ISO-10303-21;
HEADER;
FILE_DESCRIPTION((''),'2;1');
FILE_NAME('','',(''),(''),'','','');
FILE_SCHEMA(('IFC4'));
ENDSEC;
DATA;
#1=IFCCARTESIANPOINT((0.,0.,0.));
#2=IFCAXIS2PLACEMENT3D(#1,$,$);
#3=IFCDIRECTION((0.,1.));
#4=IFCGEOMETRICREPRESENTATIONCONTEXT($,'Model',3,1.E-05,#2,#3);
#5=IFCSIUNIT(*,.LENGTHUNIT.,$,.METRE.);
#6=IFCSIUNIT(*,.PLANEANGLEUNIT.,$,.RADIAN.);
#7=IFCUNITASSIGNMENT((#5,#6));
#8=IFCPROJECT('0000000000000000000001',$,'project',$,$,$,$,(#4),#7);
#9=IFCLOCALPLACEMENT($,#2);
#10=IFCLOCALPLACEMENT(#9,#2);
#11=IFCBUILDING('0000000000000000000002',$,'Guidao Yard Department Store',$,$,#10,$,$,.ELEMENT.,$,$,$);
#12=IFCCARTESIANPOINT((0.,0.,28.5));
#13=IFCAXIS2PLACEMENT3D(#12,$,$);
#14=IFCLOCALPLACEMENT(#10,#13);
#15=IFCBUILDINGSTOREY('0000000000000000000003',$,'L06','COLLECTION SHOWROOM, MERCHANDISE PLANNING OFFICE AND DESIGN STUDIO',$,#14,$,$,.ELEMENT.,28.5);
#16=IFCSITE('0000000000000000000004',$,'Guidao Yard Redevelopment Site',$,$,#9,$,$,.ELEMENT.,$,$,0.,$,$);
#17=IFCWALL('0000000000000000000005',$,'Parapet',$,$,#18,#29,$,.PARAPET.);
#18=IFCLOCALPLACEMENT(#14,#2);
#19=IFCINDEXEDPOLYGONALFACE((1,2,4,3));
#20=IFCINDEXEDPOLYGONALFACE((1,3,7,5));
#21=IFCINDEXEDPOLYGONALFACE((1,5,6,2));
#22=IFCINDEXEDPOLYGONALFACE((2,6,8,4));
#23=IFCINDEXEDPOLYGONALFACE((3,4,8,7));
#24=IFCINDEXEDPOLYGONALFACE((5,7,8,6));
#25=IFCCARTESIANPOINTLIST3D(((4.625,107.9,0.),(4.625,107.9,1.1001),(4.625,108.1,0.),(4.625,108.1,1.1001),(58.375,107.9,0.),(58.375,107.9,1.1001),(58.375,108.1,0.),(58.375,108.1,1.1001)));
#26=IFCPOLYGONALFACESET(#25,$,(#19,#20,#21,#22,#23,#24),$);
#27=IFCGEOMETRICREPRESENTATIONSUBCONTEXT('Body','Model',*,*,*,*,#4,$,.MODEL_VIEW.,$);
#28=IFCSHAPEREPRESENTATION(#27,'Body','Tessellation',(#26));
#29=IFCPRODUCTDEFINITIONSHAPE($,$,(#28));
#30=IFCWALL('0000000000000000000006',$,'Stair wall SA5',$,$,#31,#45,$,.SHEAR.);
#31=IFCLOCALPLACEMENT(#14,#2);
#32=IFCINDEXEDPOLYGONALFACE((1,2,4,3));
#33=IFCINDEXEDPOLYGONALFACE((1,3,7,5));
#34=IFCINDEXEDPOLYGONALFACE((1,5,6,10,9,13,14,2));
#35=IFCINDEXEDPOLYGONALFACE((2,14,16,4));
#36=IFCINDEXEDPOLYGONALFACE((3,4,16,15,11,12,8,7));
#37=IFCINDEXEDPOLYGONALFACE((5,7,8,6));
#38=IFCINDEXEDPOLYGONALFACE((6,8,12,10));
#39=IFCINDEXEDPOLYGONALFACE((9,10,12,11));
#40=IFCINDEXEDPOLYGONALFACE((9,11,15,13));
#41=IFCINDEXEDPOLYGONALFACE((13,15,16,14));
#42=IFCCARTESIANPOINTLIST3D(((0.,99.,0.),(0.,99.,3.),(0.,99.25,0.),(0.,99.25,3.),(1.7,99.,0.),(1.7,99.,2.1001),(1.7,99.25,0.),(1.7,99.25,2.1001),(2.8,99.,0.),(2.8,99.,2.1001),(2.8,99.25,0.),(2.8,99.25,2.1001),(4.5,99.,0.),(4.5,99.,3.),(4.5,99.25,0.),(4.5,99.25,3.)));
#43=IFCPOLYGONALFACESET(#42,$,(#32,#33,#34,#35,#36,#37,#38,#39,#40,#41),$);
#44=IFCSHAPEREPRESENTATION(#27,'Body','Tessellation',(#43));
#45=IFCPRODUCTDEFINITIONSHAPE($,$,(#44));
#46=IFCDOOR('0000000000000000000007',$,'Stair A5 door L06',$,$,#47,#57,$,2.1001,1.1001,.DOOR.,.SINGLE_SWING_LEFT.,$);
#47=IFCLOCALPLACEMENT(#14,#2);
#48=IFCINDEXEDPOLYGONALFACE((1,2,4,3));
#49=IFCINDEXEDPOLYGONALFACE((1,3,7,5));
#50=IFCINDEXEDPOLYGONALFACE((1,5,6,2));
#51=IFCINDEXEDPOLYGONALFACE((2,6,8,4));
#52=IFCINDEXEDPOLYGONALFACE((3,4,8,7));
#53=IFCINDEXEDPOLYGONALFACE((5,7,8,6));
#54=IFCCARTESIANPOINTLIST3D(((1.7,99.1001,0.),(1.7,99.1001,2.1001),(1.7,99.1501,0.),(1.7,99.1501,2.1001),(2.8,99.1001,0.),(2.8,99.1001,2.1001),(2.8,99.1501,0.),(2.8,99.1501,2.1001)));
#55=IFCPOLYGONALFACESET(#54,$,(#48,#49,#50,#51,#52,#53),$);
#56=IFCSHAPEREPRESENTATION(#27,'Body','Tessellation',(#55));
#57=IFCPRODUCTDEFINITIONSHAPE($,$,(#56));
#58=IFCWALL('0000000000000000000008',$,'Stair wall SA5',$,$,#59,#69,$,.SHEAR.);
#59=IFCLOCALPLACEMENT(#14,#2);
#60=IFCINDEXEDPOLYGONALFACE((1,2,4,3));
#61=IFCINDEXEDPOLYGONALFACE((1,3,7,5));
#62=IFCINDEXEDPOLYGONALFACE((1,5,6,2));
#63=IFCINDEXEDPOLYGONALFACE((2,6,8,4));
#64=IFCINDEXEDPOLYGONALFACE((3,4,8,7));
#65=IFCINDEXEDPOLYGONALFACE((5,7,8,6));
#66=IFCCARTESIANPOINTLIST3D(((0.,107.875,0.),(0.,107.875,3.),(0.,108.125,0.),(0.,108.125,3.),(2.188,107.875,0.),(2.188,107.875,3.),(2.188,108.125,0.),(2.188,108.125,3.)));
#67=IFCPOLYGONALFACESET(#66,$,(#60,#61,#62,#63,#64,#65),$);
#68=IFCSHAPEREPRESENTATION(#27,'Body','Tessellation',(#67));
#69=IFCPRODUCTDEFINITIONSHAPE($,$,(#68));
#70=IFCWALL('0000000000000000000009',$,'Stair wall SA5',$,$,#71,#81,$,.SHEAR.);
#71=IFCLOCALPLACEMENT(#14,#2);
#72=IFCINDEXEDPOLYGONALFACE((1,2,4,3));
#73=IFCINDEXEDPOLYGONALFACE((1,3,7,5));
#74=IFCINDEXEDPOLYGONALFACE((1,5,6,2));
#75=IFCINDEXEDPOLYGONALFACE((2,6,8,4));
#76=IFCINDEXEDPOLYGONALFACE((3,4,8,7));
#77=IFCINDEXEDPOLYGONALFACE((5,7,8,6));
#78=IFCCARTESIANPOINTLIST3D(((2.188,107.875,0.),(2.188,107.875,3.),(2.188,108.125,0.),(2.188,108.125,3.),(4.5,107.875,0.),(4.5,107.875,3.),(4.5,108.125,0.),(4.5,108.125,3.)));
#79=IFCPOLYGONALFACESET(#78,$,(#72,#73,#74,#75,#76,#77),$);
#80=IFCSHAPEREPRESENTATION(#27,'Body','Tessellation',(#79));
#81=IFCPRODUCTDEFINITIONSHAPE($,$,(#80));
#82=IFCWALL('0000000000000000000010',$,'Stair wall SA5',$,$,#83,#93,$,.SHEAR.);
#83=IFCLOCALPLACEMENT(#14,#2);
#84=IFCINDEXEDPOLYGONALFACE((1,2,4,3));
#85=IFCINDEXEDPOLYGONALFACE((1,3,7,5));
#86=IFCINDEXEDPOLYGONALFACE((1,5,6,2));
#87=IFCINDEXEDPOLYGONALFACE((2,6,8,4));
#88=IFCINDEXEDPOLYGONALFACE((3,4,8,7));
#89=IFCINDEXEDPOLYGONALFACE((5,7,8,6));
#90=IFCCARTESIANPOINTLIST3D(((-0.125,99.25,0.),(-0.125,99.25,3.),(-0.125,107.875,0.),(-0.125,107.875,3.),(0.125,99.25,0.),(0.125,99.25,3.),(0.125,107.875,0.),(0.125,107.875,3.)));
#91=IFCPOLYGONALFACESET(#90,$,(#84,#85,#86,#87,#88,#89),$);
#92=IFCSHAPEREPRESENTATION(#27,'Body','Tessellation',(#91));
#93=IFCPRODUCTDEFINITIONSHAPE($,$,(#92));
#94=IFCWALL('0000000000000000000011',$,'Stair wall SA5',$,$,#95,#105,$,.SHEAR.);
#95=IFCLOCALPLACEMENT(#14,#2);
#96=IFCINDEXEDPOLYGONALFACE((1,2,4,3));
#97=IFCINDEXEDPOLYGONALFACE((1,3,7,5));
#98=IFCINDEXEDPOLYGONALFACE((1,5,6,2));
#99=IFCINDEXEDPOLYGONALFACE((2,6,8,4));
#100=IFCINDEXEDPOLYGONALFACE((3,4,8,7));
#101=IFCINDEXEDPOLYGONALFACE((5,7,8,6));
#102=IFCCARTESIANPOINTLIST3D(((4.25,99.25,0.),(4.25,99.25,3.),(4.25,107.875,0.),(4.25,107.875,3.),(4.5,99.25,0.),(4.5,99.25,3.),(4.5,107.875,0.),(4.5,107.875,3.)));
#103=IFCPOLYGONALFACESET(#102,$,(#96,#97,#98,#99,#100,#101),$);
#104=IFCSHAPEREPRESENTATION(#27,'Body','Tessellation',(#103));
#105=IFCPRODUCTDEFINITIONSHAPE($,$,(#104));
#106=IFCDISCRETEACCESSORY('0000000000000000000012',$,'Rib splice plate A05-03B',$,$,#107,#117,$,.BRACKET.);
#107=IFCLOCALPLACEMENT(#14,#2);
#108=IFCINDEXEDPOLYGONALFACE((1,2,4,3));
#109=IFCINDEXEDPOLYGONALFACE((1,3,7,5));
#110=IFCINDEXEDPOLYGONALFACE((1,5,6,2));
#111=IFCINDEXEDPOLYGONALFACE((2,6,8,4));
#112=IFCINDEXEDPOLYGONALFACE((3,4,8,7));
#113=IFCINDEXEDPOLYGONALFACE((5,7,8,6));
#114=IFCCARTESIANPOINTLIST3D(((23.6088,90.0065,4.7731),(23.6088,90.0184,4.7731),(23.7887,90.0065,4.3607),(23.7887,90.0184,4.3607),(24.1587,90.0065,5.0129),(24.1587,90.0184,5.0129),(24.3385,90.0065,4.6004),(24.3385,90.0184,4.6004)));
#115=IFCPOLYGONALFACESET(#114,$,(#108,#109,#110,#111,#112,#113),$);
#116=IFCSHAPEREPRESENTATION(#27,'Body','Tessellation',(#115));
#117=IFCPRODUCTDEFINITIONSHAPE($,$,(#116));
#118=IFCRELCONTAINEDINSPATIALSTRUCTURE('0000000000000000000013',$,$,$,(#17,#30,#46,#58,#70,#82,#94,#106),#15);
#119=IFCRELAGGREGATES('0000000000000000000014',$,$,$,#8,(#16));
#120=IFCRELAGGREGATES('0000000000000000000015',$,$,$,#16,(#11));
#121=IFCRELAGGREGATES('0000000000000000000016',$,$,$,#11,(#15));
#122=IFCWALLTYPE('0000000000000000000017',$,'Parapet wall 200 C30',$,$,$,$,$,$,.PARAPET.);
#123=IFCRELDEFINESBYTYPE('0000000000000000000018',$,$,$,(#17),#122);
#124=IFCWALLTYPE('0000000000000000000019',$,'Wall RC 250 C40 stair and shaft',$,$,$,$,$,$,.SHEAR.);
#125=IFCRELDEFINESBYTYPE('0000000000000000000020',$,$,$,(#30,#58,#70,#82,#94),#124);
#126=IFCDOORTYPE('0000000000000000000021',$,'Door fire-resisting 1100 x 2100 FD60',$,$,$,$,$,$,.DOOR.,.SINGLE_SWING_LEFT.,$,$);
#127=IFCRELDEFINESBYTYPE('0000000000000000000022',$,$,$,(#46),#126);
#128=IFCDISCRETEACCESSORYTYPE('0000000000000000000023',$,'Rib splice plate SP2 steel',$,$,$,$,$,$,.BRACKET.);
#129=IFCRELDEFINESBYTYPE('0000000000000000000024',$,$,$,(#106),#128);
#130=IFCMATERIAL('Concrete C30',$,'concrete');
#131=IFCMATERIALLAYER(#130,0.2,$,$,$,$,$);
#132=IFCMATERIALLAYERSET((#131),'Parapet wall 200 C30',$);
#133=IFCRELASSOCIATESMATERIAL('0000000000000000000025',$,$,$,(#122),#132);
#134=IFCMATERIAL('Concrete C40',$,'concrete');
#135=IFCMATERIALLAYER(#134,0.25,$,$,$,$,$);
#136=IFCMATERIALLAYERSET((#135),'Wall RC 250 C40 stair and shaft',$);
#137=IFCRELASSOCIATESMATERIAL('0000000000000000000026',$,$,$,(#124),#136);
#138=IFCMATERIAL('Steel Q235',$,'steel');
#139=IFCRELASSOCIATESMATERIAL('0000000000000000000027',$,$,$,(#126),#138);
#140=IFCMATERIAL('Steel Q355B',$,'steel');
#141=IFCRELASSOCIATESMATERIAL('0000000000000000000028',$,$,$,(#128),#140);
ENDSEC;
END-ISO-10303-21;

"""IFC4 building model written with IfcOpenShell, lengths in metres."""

from ifc_helpers import new_model, si_unit, direction, frame, frame_2d, origin, origin_2d, place, context, subcontext, project, spatial, rectangle, extrude, material, layer, layer_set, material_profile, profile_set, type_object, element, fill, save


model = new_model("IFC4")

# Units and contexts
model_context = context("Model", 3, precision=1e-05, world=origin(), true_north=direction((0.0, 1.0)))
body_context = subcontext(model_context, "Body", "Model", "MODEL_VIEW")
ifc_project = project(units=[si_unit("LENGTHUNIT", "METRE"), si_unit("PLANEANGLEUNIT", "RADIAN")], contexts=[model_context])

# Site, building, storey
site_placement = place(None, origin())
site = spatial("IfcSite", under=ifc_project, at=site_placement, Name="Guidao Yard Redevelopment Site", CompositionType="ELEMENT", RefElevation=0.0)
building_placement = place(site_placement, origin())
building = spatial("IfcBuilding", under=site, at=building_placement, Name="Guidao Yard Department Store", CompositionType="ELEMENT")
storey_placement = place(building_placement, frame((0.0, 0.0, 28.5)))
storey = spatial("IfcBuildingStorey", under=building, at=storey_placement, Name="L06", Description="COLLECTION SHOWROOM, MERCHANDISE PLANNING OFFICE AND DESIGN STUDIO", CompositionType="ELEMENT", Elevation=28.5)

# Wall
ifc_material_1 = material(Name="Concrete C30", Category="concrete")
ifc_layer_1 = layer(ifc_material_1, 0.2)
ifc_layer_set_1 = layer_set([ifc_layer_1], Name="Parapet wall 200 C30")
wall_type_1 = type_object("IfcWallType", Name="Parapet wall 200 C30", PredefinedType="PARAPET", material=ifc_layer_set_1)
wall_1_placement = place(storey_placement, frame((4.625, 108.0, 0.0), z_axis=(0.0, 0.0, 1.0), x_axis=(1.0, 0.0, 0.0)))
element("IfcWall", 1, at=wall_1_placement, inside=storey, type_object=wall_type_1, Name="Parapet", PredefinedType="PARAPET", context=body_context, shape_type="SweptSolid", body=[
    extrude(rectangle(XDim=53.75, YDim=0.2, at=frame_2d((26.875, 0.0))), origin(), (0.0, 0.0, 1.0), 1.1001),
])

# Wall, opening, door
ifc_material_2 = material(Name="Concrete C40", Category="concrete")
ifc_layer_2 = layer(ifc_material_2, 0.25)
ifc_layer_set_2 = layer_set([ifc_layer_2], Name="Wall RC 250 C40 stair and shaft")
wall_type_2 = type_object("IfcWallType", Name="Wall RC 250 C40 stair and shaft", PredefinedType="SHEAR", material=ifc_layer_set_2)
wall_2_placement = place(storey_placement, frame((0.0, 99.125, 0.0), z_axis=(0.0, 0.0, 1.0), x_axis=(1.0, 0.0, 0.0)))
wall_2 = element("IfcWall", 2, at=wall_2_placement, inside=storey, type_object=wall_type_2, Name="Stair wall SA5", PredefinedType="SHEAR", context=body_context, shape_type="SweptSolid", body=[
    extrude(rectangle(XDim=4.5, YDim=0.25, at=frame_2d((2.25, 0.0))), origin(), (0.0, 0.0, 1.0), 3.0),
])
opening_placement = place(wall_2_placement, frame((2.8, 0.0, 0.0), z_axis=(0.0, 0.0, 1.0), x_axis=(-1.0, 0.0, 0.0)))
opening = element("IfcOpeningElement", 3, at=opening_placement, cuts=wall_2, PredefinedType="OPENING", context=body_context, shape_type="SweptSolid", body=[
    extrude(rectangle(XDim=1.1001, YDim=2.1001, at=frame_2d((0.55, 1.05))), frame((0.0, 0.135, 0.0), z_axis=(0.0, -1.0, 0.0), x_axis=(1.0, 0.0, 0.0)), (0.0, 0.0, 1.0), 0.27),
])
ifc_material_3 = material(Name="Steel Q235", Category="steel")
door_type = type_object("IfcDoorType", Name="Door fire-resisting 1100 x 2100 FD60", OperationType="SINGLE_SWING_LEFT", PredefinedType="DOOR", material=ifc_material_3)
door_placement = place(opening_placement, origin())
door = element("IfcDoor", 4, at=door_placement, inside=storey, type_object=door_type, Name="Stair A5 door L06", OperationType="SINGLE_SWING_LEFT", OverallHeight=2.1001, OverallWidth=1.1001, PredefinedType="DOOR", context=body_context, shape_type="SweptSolid", body=[
    extrude(rectangle(XDim=1.1001, YDim=2.1001, at=frame_2d((0.55, 1.05))), frame((0.0, 0.0249, 0.0), z_axis=(0.0, -1.0, 0.0), x_axis=(1.0, 0.0, 0.0)), (0.0, 0.0, 1.0), 0.05),
])
fill(opening, door)

# Walls
wall_3_placement = place(storey_placement, frame((0.0, 108.0, 0.0), z_axis=(0.0, 0.0, 1.0), x_axis=(1.0, 0.0, 0.0)))
element("IfcWall", 5, at=wall_3_placement, inside=storey, type_object=wall_type_2, Name="Stair wall SA5", PredefinedType="SHEAR", context=body_context, shape_type="SweptSolid", body=[
    extrude(rectangle(XDim=2.188, YDim=0.25, at=frame_2d((1.094, 0.0))), origin(), (0.0, 0.0, 1.0), 3.0),
])
wall_4_placement = place(storey_placement, frame((2.188, 108.0, 0.0), z_axis=(0.0, 0.0, 1.0), x_axis=(1.0, 0.0, 0.0)))
element("IfcWall", 6, at=wall_4_placement, inside=storey, type_object=wall_type_2, Name="Stair wall SA5", PredefinedType="SHEAR", context=body_context, shape_type="SweptSolid", body=[
    extrude(rectangle(XDim=2.312, YDim=0.25, at=frame_2d((1.156, 0.0))), origin(), (0.0, 0.0, 1.0), 3.0),
])
for number, where, z_axis, x_axis, name in (
    (7, (0.0, 99.25, 0.0), (0.0, 0.0, 1.0), (0.0, 1.0, 0.0), "Stair wall SA5"),
    (8, (4.375, 99.25, 0.0), (0.0, 0.0, 1.0), (0.0, 1.0, 0.0), "Stair wall SA5"),
):
    element("IfcWall", number, at=place(storey_placement, frame(where, z_axis=z_axis, x_axis=x_axis)), inside=storey, type_object=wall_type_2, Name=name, PredefinedType="SHEAR", context=body_context, shape_type="SweptSolid", body=[
        extrude(rectangle(XDim=8.625, YDim=0.25, at=frame_2d((4.3125, 0.0))), origin(), (0.0, 0.0, 1.0), 3.0),
    ])

# Discrete accessory
ifc_material_4 = material(Name="Steel Q355B", Category="steel")
ifc_material_profile_1 = material_profile(ifc_material_4, rectangle(XDim=0.012, YDim=0.45, at=origin_2d()), Name="Splice plate 450x12")
ifc_profile_set_1 = profile_set([ifc_material_profile_1], Name="Steel Q355B")
discrete_accessory_type = type_object("IfcDiscreteAccessoryType", Name="Rib splice plate SP2 steel", PredefinedType="BRACKET", material=ifc_profile_set_1)
discrete_accessory_placement = place(storey_placement, frame((23.6987, 90.0125, 4.5669), z_axis=(0.916642, 0.0, 0.399708), x_axis=(0.0, 1.0, 0.0)))
element("IfcDiscreteAccessory", 9, at=discrete_accessory_placement, inside=storey, type_object=discrete_accessory_type, Name="Rib splice plate A05-03B", PredefinedType="BRACKET", context=body_context, shape_type="SweptSolid", body=[
    extrude(rectangle(XDim=0.012, YDim=0.45, at=origin_2d()), origin(), (0.0, 0.0, 1.0), 0.5999),
])

save(model, "model.ifc")
